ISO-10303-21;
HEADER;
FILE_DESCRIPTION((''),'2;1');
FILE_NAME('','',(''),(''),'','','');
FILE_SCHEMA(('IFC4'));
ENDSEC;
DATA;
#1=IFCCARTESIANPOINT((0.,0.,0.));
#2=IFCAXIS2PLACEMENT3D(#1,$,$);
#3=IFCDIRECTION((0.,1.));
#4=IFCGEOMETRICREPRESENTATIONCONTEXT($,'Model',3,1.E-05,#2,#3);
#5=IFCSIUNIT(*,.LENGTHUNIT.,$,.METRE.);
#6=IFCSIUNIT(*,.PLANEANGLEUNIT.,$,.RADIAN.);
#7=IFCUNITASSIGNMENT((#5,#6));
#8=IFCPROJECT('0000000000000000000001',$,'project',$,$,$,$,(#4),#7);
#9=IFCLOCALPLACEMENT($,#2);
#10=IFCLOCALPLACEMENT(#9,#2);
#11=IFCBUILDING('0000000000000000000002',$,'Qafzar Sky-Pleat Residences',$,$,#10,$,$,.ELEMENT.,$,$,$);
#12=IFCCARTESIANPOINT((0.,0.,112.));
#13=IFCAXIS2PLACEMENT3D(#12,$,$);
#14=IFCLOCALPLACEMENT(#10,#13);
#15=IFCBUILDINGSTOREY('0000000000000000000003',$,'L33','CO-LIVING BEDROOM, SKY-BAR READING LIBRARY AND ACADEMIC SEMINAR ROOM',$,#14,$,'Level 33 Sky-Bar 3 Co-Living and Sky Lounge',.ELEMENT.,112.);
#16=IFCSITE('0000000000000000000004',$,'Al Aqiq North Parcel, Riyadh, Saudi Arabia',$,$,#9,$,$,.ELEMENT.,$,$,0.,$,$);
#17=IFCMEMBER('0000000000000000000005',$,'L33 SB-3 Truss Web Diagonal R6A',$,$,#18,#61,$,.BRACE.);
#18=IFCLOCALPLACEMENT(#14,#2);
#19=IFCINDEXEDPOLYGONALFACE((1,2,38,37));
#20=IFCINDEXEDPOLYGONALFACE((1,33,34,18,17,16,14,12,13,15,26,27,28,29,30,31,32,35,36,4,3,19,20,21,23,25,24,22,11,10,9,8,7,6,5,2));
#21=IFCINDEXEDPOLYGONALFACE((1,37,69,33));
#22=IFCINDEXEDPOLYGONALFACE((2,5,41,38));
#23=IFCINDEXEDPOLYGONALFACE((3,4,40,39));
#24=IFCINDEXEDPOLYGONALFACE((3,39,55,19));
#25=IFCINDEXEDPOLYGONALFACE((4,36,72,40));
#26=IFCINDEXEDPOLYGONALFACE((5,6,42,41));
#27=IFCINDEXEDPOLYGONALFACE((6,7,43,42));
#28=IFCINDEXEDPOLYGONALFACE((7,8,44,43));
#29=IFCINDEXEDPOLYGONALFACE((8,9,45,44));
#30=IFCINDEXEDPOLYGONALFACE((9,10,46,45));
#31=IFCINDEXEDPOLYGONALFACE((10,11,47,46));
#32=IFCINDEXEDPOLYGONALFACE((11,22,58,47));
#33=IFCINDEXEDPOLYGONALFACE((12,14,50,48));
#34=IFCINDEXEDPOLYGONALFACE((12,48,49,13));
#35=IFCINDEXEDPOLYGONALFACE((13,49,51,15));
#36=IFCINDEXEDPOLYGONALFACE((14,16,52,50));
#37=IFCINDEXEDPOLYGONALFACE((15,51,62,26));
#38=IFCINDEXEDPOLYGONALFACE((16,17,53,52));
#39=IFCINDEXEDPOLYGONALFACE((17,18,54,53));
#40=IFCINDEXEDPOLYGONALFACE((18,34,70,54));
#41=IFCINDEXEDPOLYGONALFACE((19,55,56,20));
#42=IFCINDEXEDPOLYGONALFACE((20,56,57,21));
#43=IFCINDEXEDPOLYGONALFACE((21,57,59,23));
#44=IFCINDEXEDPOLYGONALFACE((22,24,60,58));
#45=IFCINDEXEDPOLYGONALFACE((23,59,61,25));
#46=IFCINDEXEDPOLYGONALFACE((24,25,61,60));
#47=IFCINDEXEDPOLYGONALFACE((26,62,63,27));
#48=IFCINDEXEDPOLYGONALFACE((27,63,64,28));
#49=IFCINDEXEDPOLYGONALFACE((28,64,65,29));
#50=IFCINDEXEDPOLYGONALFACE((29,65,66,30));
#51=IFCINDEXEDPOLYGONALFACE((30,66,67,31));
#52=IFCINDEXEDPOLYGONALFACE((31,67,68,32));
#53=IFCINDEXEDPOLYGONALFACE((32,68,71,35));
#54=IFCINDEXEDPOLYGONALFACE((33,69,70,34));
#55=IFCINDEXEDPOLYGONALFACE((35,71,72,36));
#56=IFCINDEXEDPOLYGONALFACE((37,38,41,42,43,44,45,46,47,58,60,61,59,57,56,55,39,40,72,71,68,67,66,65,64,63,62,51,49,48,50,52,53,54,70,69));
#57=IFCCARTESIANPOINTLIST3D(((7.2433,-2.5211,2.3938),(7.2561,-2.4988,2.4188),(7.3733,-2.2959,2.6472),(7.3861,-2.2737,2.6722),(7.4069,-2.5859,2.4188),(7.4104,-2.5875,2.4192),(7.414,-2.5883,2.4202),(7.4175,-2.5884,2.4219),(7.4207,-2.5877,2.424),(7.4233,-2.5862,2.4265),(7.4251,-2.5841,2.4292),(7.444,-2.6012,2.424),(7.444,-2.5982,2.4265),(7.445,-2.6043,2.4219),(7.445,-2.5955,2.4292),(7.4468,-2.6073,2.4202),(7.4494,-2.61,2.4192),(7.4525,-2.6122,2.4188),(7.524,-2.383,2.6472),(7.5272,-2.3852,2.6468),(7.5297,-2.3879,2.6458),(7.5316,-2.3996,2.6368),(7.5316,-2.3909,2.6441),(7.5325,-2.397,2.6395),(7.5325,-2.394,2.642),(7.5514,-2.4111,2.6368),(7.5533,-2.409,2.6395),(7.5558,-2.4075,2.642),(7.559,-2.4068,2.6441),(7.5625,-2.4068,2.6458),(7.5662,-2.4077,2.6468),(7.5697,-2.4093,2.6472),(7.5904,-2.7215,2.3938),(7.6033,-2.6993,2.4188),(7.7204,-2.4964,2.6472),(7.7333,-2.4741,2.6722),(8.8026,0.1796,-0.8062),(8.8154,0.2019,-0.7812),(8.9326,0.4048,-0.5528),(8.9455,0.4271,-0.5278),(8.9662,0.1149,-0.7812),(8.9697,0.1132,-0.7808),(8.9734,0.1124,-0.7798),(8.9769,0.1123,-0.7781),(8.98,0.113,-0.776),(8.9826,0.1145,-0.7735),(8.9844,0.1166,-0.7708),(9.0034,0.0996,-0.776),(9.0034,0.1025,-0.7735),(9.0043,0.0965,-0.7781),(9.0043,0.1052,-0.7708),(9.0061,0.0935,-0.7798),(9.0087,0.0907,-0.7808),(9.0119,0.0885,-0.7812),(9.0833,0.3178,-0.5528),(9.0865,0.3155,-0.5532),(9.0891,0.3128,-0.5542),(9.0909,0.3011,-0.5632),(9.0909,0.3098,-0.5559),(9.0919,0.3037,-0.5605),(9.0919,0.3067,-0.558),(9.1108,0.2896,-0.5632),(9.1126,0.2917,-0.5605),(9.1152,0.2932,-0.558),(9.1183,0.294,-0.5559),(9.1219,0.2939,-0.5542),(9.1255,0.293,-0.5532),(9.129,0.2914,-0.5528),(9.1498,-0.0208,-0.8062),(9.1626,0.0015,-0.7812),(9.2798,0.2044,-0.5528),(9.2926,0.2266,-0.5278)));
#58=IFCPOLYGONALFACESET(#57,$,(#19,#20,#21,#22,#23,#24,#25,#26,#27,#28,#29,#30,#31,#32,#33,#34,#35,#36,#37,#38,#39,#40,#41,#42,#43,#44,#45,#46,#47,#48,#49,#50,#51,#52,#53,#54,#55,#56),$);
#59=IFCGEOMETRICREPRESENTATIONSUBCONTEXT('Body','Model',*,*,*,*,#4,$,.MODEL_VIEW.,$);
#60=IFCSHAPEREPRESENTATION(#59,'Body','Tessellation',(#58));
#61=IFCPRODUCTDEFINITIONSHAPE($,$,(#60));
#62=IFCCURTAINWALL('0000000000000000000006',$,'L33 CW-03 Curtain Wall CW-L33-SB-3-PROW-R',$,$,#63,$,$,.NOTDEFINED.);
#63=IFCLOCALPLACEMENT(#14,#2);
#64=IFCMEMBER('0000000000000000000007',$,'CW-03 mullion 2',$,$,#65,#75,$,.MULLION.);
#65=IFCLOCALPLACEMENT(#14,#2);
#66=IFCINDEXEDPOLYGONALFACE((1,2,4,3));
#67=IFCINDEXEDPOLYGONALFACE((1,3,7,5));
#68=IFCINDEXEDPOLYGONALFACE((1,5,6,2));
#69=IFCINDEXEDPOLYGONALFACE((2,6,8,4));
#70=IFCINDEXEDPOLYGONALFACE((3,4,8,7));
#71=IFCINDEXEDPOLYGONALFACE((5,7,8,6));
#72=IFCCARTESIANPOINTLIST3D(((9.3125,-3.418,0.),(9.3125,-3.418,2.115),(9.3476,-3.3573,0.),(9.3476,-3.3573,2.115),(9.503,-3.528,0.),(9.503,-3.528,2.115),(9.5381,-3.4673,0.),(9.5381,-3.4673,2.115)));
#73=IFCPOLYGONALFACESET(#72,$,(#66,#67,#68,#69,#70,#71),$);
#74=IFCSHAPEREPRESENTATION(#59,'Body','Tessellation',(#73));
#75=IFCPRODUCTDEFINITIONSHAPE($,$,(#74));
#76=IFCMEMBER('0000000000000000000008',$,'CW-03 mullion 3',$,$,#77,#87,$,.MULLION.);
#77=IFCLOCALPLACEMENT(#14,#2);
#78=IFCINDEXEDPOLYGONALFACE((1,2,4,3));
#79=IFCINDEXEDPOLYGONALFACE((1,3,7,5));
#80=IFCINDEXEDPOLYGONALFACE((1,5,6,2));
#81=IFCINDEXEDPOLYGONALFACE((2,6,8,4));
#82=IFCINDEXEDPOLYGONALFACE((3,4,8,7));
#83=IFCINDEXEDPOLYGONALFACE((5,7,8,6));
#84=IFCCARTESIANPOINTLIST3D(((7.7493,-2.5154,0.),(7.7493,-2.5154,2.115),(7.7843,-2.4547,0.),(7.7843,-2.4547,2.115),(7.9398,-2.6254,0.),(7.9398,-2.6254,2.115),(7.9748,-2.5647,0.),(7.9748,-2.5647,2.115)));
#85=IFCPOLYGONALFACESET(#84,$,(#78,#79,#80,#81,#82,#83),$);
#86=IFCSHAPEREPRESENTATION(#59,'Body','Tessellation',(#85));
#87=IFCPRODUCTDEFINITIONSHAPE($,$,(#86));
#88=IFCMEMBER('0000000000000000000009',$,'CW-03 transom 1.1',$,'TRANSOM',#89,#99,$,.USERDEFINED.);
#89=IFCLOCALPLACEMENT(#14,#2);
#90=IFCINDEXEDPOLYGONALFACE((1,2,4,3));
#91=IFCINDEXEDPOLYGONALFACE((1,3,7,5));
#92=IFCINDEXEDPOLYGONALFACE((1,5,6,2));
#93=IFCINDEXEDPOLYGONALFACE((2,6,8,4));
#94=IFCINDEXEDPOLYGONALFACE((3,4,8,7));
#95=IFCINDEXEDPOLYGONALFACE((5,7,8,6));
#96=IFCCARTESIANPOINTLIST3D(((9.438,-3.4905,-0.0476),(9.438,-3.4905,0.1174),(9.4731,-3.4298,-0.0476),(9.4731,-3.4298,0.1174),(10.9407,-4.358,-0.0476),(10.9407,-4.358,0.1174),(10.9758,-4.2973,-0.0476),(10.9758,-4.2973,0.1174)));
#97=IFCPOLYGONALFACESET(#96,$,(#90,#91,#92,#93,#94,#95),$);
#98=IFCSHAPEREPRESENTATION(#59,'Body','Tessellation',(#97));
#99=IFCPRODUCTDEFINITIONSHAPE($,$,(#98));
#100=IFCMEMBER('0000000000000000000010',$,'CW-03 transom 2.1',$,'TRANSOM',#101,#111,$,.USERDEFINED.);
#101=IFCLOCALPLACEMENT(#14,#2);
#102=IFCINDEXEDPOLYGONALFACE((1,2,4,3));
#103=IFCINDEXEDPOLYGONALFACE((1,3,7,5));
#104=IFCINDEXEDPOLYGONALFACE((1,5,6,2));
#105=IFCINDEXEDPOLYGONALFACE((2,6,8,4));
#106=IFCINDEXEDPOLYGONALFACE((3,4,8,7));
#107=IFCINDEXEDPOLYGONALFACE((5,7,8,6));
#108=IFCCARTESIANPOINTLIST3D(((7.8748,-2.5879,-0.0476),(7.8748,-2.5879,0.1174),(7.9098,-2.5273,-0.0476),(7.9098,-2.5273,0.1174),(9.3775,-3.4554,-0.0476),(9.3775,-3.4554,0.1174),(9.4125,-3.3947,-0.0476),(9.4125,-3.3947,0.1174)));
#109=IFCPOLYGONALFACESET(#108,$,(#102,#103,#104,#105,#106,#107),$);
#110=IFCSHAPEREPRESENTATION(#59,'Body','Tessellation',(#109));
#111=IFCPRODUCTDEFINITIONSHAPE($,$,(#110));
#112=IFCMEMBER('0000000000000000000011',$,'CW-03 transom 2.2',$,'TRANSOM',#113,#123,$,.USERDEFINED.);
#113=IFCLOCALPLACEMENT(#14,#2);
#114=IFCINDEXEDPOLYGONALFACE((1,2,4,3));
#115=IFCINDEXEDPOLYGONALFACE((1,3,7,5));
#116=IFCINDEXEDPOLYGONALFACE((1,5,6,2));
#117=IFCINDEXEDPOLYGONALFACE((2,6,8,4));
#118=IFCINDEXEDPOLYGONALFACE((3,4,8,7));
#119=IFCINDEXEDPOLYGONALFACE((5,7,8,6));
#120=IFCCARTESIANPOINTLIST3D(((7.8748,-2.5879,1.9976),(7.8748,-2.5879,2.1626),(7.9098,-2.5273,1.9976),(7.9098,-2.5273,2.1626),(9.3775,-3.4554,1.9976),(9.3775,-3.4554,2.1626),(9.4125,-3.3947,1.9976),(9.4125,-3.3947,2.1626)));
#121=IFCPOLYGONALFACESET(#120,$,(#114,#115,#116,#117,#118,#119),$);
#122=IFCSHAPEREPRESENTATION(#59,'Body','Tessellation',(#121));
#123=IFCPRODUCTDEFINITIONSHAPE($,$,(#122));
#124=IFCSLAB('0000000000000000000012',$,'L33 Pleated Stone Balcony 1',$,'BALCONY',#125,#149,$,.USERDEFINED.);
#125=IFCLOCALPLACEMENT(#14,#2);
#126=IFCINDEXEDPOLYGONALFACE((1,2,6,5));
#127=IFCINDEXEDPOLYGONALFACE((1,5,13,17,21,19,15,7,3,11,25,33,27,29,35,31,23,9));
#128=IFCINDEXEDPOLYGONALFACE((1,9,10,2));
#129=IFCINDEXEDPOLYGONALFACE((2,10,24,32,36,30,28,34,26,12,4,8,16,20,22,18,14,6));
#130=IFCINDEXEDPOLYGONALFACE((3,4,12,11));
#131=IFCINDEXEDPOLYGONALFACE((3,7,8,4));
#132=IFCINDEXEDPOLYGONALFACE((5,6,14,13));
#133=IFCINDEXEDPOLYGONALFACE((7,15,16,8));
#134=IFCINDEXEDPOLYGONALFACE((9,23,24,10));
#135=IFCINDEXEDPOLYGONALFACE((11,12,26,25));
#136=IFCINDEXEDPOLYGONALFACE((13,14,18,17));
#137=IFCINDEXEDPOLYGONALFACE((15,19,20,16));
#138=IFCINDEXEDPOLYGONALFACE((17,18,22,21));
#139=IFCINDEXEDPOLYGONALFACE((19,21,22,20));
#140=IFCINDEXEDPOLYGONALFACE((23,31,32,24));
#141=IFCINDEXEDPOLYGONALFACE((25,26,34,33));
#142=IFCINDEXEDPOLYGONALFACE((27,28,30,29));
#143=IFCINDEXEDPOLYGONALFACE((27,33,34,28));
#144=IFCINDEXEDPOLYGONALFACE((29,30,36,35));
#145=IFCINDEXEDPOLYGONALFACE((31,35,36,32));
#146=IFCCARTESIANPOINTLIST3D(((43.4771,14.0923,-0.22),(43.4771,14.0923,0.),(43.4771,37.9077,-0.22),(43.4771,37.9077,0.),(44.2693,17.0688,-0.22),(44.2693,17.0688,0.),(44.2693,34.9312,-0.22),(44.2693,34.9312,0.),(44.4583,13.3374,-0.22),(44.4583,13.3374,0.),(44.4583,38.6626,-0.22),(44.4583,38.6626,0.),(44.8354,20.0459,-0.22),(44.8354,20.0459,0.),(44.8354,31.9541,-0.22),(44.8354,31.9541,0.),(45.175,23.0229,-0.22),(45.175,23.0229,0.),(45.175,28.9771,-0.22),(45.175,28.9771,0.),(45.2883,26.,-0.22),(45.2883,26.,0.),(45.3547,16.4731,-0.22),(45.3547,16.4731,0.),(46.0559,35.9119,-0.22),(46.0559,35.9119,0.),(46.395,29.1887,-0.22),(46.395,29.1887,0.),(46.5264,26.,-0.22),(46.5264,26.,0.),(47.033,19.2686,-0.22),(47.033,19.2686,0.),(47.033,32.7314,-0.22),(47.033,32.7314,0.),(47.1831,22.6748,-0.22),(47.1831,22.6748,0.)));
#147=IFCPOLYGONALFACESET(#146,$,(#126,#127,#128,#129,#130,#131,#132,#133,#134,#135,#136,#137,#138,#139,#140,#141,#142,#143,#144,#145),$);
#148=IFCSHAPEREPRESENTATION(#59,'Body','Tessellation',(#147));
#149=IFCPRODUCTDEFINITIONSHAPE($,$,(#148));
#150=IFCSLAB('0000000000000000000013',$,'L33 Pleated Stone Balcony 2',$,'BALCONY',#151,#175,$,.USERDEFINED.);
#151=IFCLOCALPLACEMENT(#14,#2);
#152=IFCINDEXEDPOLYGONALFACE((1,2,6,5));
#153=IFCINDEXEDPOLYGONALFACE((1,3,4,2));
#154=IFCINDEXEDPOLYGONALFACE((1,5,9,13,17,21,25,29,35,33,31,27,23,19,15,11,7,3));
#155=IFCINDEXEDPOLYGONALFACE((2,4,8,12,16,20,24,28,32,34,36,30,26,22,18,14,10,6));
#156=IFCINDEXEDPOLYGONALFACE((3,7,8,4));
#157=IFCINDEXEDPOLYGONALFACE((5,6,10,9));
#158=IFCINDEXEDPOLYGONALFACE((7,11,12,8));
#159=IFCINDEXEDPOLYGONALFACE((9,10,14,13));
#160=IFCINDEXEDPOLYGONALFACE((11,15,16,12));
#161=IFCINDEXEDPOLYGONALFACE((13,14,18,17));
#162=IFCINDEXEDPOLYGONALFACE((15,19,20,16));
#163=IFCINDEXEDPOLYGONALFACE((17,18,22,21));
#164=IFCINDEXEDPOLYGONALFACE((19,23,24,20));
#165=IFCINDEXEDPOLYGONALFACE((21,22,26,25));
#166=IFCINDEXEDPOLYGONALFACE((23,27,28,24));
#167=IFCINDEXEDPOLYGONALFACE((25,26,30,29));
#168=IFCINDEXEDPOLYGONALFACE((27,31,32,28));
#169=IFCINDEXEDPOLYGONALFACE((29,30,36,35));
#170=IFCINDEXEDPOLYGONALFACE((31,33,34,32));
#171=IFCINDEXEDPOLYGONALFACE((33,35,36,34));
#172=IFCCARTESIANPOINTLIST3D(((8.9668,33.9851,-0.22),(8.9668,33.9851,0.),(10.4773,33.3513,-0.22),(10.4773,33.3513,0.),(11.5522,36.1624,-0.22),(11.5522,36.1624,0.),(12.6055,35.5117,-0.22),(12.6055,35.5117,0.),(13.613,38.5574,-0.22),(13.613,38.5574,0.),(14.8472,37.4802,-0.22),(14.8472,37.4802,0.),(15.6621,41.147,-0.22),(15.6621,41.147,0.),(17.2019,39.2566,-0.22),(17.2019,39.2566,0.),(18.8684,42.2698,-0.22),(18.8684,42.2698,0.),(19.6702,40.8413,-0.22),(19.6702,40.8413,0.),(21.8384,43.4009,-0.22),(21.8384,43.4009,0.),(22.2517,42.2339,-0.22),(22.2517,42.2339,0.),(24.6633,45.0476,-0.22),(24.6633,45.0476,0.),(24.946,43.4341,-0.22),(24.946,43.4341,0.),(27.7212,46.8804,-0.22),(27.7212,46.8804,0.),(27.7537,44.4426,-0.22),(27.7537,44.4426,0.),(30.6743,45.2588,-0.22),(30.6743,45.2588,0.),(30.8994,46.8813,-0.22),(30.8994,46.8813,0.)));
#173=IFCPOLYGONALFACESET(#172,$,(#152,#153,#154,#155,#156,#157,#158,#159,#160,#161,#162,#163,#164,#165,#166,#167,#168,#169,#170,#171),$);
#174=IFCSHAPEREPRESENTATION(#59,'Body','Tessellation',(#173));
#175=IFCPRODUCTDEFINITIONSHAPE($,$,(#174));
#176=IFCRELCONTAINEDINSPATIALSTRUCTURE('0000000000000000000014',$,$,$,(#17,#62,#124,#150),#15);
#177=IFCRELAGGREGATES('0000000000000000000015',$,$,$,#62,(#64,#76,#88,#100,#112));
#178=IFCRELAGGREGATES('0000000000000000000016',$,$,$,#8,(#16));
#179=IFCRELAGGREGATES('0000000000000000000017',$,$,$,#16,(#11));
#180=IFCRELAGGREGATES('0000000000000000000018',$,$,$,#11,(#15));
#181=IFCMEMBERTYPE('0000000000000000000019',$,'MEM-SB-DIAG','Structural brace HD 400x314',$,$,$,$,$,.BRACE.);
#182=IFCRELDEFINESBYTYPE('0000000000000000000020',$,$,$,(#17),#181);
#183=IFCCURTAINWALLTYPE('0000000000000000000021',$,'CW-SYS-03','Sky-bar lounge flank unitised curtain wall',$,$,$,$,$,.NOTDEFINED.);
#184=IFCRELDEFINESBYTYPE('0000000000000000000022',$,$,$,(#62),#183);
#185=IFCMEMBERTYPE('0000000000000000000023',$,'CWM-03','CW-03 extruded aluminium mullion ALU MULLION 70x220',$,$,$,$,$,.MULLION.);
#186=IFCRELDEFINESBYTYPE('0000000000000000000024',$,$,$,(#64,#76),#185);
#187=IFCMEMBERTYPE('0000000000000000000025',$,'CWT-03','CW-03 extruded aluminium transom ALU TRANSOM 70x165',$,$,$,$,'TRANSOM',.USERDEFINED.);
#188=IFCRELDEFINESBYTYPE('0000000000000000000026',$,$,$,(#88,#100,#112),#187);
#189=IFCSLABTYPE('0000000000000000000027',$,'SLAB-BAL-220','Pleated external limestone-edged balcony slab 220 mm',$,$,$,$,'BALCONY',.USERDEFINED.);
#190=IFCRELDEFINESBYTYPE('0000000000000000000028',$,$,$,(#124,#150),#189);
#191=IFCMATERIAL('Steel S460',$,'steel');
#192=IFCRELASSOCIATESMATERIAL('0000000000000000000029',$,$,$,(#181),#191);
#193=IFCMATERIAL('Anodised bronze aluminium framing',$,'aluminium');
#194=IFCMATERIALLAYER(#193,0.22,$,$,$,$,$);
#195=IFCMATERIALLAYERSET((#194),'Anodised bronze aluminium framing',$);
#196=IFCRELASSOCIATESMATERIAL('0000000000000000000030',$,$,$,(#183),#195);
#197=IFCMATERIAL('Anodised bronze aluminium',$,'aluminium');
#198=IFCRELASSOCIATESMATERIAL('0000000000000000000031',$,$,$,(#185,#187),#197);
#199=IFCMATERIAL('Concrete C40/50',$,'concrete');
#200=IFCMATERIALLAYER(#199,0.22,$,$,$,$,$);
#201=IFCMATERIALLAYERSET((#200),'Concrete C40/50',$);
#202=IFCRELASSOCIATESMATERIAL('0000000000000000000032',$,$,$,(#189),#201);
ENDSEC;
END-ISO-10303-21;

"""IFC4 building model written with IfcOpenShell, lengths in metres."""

from ifc_helpers import new_model, si_unit, direction, frame, origin, origin_2d, place, context, subcontext, project, spatial, polyline, rectangle, i_section, outline, extrude, source, transform, mapped, material, layer, layer_set, material_profile, profile_set, type_object, element, aggregate, save


model = new_model("IFC4")

# Units and contexts
model_context = context("Model", 3, precision=1e-05, world=origin(), true_north=direction((0.0, 1.0)))
body_context = subcontext(model_context, "Body", "Model", "MODEL_VIEW")
ifc_project = project(units=[si_unit("LENGTHUNIT", "METRE"), si_unit("PLANEANGLEUNIT", "RADIAN")], contexts=[model_context])

# Site, building, storey
site_placement = place(None, origin())
site = spatial("IfcSite", under=ifc_project, at=site_placement, Name="Al Aqiq North Parcel, Riyadh, Saudi Arabia", CompositionType="ELEMENT", RefElevation=0.0)
building_placement = place(site_placement, origin())
building = spatial("IfcBuilding", under=site, at=building_placement, Name="Qafzar Sky-Pleat Residences", CompositionType="ELEMENT")
storey_placement = place(building_placement, frame((0.0, 0.0, 112.0)))
storey = spatial("IfcBuildingStorey", under=building, at=storey_placement, Name="L33", Description="CO-LIVING BEDROOM, SKY-BAR READING LIBRARY AND ACADEMIC SEMINAR ROOM", LongName="Level 33 Sky-Bar 3 Co-Living and Sky Lounge", CompositionType="ELEMENT", Elevation=112.0)

# Member
ifc_material_1 = material(Name="Steel S460", Category="steel")
ifc_material_profile_1 = material_profile(ifc_material_1, i_section(OverallWidth=0.4009, OverallDepth=0.3989, WebThickness=0.0229, FlangeThickness=0.0359, FilletRadius=0.0149, at=origin_2d()), Name="HD 400x314")
ifc_profile_set_1 = profile_set([ifc_material_profile_1], Name="Steel S460")
member_type_1 = type_object("IfcMemberType", Name="MEM-SB-DIAG", Description="Structural brace HD 400x314", PredefinedType="BRACE", material=ifc_profile_set_1)
shared_shape_1 = source(origin(), body_context, "Body", "SweptSolid", [
    extrude(i_section(OverallWidth=0.4009, OverallDepth=0.3989, WebThickness=0.0229, FlangeThickness=0.0359, FilletRadius=0.0149, at=origin_2d()), origin(), (0.0, 0.0, 1.0), 4.4683),
])
member_1_placement = place(storey_placement, frame((9.0476, 0.2031, -0.667), z_axis=(-0.348982, -0.604422, 0.71616), x_axis=(0.866013, -0.500021, 0.0)))
element("IfcMember", 1, at=member_1_placement, inside=storey, type_object=member_type_1, Name="L33 SB-3 Truss Web Diagonal R6A", PredefinedType="BRACE", context=body_context, shape_type="MappedRepresentation", body=[
    mapped(shared_shape_1, transform((0.0, 0.0, 0.0), x_axis=(1.0, 0.0, 0.0), y_axis=(0.0, 1.0, 0.0), z_axis=(0.0, 0.0, 1.0), scale=1.0)),
])

# Curtain wall, members
ifc_material_2 = material(Name="Anodised bronze aluminium framing", Category="aluminium")
ifc_layer_1 = layer(ifc_material_2, 0.22)
ifc_layer_set_1 = layer_set([ifc_layer_1], Name="Anodised bronze aluminium framing")
curtain_wall_type = type_object("IfcCurtainWallType", Name="CW-SYS-03", Description="Sky-bar lounge flank unitised curtain wall", PredefinedType="NOTDEFINED", material=ifc_layer_set_1)
curtain_wall_placement = place(storey_placement, origin())
curtain_wall = element("IfcCurtainWall", 2, at=curtain_wall_placement, inside=storey, type_object=curtain_wall_type, Name="L33 CW-03 Curtain Wall CW-L33-SB-3-PROW-R", PredefinedType="NOTDEFINED")
ifc_material_3 = material(Name="Anodised bronze aluminium", Category="aluminium")
ifc_material_profile_2 = material_profile(ifc_material_3, rectangle(XDim=0.0701, YDim=0.22, at=origin_2d()), Name="ALU MULLION 70x220")
ifc_profile_set_2 = profile_set([ifc_material_profile_2], Name="Anodised bronze aluminium")
member_type_2 = type_object("IfcMemberType", Name="CWM-03", Description="CW-03 extruded aluminium mullion ALU MULLION 70x220", PredefinedType="MULLION", material=ifc_profile_set_2)
shared_shape_2 = source(origin(), body_context, "Body", "SweptSolid", [
    extrude(rectangle(XDim=0.0701, YDim=0.22, at=origin_2d()), origin(), (0.0, 0.0, 1.0), 2.115),
])
member_2_placement = place(storey_placement, frame((9.4253, -3.4426, 0.0), z_axis=(0.0, 0.0, 1.0), x_axis=(-0.499997, -0.866027, 0.0)))
member_2 = element("IfcMember", 3, at=member_2_placement, type_object=member_type_2, Name="CW-03 mullion 2", PredefinedType="MULLION", context=body_context, shape_type="MappedRepresentation", body=[
    mapped(shared_shape_2, transform((0.0, 0.0, 0.0), x_axis=(1.0, 0.0, 0.0), y_axis=(0.0, 1.0, 0.0), z_axis=(0.0, 0.0, 1.0), scale=1.0)),
])
member_3_placement = place(storey_placement, frame((7.8621, -2.54, 0.0), z_axis=(0.0, 0.0, 1.0), x_axis=(-0.499997, -0.866027, 0.0)))
member_3 = element("IfcMember", 4, at=member_3_placement, type_object=member_type_2, Name="CW-03 mullion 3", PredefinedType="MULLION", context=body_context, shape_type="MappedRepresentation", body=[
    mapped(shared_shape_2, transform((0.0, 0.0, 0.0), x_axis=(1.0, 0.0, 0.0), y_axis=(0.0, 1.0, 0.0), z_axis=(0.0, 0.0, 1.0), scale=1.0)),
])
ifc_material_profile_3 = material_profile(ifc_material_3, rectangle(XDim=0.0701, YDim=0.165, at=origin_2d()), Name="ALU TRANSOM 70x165")
ifc_profile_set_3 = profile_set([ifc_material_profile_3], Name="Anodised bronze aluminium")
member_type_3 = type_object("IfcMemberType", Name="CWT-03", Description="CW-03 extruded aluminium transom ALU TRANSOM 70x165", ElementType="TRANSOM", PredefinedType="USERDEFINED", material=ifc_profile_set_3)
shared_shape_3 = source(origin(), body_context, "Body", "SweptSolid", [
    extrude(rectangle(XDim=0.0701, YDim=0.165, at=origin_2d()), origin(), (0.0, 0.0, 1.0), 1.7351),
])
member_4_placement = place(storey_placement, frame((10.9583, -4.3276, 0.0349), z_axis=(-0.866061, 0.499938, 0.0), x_axis=(-0.499938, -0.866061, 0.0)))
member_4 = element("IfcMember", 5, at=member_4_placement, type_object=member_type_3, Name="CW-03 transom 1.1", ObjectType="TRANSOM", PredefinedType="USERDEFINED", context=body_context, shape_type="MappedRepresentation", body=[
    mapped(shared_shape_3, transform((0.0, 0.0, 0.0), x_axis=(1.0, 0.0, 0.0), y_axis=(0.0, 1.0, 0.0), z_axis=(0.0, 0.0, 1.0), scale=1.0)),
])
member_5_placement = place(storey_placement, frame((9.395, -3.425, 0.0349), z_axis=(-0.866061, 0.499938, 0.0), x_axis=(-0.499938, -0.866061, 0.0)))
member_5 = element("IfcMember", 6, at=member_5_placement, type_object=member_type_3, Name="CW-03 transom 2.1", ObjectType="TRANSOM", PredefinedType="USERDEFINED", context=body_context, shape_type="MappedRepresentation", body=[
    mapped(shared_shape_3, transform((0.0, 0.0, 0.0), x_axis=(1.0, 0.0, 0.0), y_axis=(0.0, 1.0, 0.0), z_axis=(0.0, 0.0, 1.0), scale=1.0)),
])
member_6_placement = place(storey_placement, frame((9.395, -3.425, 2.0801), z_axis=(-0.866061, 0.499938, 0.0), x_axis=(-0.499938, -0.866061, 0.0)))
member_6 = element("IfcMember", 7, at=member_6_placement, type_object=member_type_3, Name="CW-03 transom 2.2", ObjectType="TRANSOM", PredefinedType="USERDEFINED", context=body_context, shape_type="MappedRepresentation", body=[
    mapped(shared_shape_3, transform((0.0, 0.0, 0.0), x_axis=(1.0, 0.0, 0.0), y_axis=(0.0, 1.0, 0.0), z_axis=(0.0, 0.0, 1.0), scale=1.0)),
])

# Slabs
ifc_material_4 = material(Name="Concrete C40/50", Category="concrete")
ifc_layer_2 = layer(ifc_material_4, 0.22)
ifc_layer_set_2 = layer_set([ifc_layer_2], Name="Concrete C40/50")
slab_type_1 = type_object("IfcSlabType", Name="SLAB-BAL-220", Description="Pleated external limestone-edged balcony slab 220 mm", ElementType="BALCONY", PredefinedType="USERDEFINED", material=ifc_layer_set_2)
slab_1_placement = place(storey_placement, frame((0.0, 0.0, -0.22)))
element("IfcSlab", 8, at=slab_1_placement, inside=storey, type_object=slab_type_1, Name="L33 Pleated Stone Balcony 1", ObjectType="BALCONY", PredefinedType="USERDEFINED", context=body_context, shape_type="SweptSolid", body=[
    extrude(outline(polyline([(44.2693, 17.0688), (44.8354, 20.0459), (45.175, 23.0229), (45.2883, 26.0), (45.175, 28.9771), (44.8354, 31.9541), (44.2693, 34.9312), (43.4771, 37.9077), (44.4583, 38.6626), (46.0559, 35.9119), (47.033, 32.7314), (46.395, 29.1887), (46.5264, 26.0), (47.1831, 22.6748), (47.033, 19.2686), (45.3547, 16.4731), (44.4583, 13.3374), (43.4771, 14.0923), (44.2693, 17.0688)])), origin(), (0.0, 0.0, 1.0), 0.22),
])
slab_2_placement = place(storey_placement, frame((0.0, 0.0, -0.22)))
element("IfcSlab", 9, at=slab_2_placement, inside=storey, type_object=slab_type_1, Name="L33 Pleated Stone Balcony 2", ObjectType="BALCONY", PredefinedType="USERDEFINED", context=body_context, shape_type="SweptSolid", body=[
    extrude(outline(polyline([(27.7537, 44.4426), (24.946, 43.4341), (22.2517, 42.2339), (19.6702, 40.8413), (17.2019, 39.2566), (14.8472, 37.4802), (12.6055, 35.5117), (10.4773, 33.3513), (8.9668, 33.9851), (11.5522, 36.1624), (13.613, 38.5574), (15.6621, 41.147), (18.8684, 42.2698), (21.8384, 43.4009), (24.6633, 45.0476), (27.7212, 46.8804), (30.8994, 46.8813), (30.6743, 45.2588), (27.7537, 44.4426)])), origin(), (0.0, 0.0, 1.0), 0.22),
])

aggregate(curtain_wall, [member_2, member_3, member_4, member_5, member_6])

save(model, "model.ifc")
